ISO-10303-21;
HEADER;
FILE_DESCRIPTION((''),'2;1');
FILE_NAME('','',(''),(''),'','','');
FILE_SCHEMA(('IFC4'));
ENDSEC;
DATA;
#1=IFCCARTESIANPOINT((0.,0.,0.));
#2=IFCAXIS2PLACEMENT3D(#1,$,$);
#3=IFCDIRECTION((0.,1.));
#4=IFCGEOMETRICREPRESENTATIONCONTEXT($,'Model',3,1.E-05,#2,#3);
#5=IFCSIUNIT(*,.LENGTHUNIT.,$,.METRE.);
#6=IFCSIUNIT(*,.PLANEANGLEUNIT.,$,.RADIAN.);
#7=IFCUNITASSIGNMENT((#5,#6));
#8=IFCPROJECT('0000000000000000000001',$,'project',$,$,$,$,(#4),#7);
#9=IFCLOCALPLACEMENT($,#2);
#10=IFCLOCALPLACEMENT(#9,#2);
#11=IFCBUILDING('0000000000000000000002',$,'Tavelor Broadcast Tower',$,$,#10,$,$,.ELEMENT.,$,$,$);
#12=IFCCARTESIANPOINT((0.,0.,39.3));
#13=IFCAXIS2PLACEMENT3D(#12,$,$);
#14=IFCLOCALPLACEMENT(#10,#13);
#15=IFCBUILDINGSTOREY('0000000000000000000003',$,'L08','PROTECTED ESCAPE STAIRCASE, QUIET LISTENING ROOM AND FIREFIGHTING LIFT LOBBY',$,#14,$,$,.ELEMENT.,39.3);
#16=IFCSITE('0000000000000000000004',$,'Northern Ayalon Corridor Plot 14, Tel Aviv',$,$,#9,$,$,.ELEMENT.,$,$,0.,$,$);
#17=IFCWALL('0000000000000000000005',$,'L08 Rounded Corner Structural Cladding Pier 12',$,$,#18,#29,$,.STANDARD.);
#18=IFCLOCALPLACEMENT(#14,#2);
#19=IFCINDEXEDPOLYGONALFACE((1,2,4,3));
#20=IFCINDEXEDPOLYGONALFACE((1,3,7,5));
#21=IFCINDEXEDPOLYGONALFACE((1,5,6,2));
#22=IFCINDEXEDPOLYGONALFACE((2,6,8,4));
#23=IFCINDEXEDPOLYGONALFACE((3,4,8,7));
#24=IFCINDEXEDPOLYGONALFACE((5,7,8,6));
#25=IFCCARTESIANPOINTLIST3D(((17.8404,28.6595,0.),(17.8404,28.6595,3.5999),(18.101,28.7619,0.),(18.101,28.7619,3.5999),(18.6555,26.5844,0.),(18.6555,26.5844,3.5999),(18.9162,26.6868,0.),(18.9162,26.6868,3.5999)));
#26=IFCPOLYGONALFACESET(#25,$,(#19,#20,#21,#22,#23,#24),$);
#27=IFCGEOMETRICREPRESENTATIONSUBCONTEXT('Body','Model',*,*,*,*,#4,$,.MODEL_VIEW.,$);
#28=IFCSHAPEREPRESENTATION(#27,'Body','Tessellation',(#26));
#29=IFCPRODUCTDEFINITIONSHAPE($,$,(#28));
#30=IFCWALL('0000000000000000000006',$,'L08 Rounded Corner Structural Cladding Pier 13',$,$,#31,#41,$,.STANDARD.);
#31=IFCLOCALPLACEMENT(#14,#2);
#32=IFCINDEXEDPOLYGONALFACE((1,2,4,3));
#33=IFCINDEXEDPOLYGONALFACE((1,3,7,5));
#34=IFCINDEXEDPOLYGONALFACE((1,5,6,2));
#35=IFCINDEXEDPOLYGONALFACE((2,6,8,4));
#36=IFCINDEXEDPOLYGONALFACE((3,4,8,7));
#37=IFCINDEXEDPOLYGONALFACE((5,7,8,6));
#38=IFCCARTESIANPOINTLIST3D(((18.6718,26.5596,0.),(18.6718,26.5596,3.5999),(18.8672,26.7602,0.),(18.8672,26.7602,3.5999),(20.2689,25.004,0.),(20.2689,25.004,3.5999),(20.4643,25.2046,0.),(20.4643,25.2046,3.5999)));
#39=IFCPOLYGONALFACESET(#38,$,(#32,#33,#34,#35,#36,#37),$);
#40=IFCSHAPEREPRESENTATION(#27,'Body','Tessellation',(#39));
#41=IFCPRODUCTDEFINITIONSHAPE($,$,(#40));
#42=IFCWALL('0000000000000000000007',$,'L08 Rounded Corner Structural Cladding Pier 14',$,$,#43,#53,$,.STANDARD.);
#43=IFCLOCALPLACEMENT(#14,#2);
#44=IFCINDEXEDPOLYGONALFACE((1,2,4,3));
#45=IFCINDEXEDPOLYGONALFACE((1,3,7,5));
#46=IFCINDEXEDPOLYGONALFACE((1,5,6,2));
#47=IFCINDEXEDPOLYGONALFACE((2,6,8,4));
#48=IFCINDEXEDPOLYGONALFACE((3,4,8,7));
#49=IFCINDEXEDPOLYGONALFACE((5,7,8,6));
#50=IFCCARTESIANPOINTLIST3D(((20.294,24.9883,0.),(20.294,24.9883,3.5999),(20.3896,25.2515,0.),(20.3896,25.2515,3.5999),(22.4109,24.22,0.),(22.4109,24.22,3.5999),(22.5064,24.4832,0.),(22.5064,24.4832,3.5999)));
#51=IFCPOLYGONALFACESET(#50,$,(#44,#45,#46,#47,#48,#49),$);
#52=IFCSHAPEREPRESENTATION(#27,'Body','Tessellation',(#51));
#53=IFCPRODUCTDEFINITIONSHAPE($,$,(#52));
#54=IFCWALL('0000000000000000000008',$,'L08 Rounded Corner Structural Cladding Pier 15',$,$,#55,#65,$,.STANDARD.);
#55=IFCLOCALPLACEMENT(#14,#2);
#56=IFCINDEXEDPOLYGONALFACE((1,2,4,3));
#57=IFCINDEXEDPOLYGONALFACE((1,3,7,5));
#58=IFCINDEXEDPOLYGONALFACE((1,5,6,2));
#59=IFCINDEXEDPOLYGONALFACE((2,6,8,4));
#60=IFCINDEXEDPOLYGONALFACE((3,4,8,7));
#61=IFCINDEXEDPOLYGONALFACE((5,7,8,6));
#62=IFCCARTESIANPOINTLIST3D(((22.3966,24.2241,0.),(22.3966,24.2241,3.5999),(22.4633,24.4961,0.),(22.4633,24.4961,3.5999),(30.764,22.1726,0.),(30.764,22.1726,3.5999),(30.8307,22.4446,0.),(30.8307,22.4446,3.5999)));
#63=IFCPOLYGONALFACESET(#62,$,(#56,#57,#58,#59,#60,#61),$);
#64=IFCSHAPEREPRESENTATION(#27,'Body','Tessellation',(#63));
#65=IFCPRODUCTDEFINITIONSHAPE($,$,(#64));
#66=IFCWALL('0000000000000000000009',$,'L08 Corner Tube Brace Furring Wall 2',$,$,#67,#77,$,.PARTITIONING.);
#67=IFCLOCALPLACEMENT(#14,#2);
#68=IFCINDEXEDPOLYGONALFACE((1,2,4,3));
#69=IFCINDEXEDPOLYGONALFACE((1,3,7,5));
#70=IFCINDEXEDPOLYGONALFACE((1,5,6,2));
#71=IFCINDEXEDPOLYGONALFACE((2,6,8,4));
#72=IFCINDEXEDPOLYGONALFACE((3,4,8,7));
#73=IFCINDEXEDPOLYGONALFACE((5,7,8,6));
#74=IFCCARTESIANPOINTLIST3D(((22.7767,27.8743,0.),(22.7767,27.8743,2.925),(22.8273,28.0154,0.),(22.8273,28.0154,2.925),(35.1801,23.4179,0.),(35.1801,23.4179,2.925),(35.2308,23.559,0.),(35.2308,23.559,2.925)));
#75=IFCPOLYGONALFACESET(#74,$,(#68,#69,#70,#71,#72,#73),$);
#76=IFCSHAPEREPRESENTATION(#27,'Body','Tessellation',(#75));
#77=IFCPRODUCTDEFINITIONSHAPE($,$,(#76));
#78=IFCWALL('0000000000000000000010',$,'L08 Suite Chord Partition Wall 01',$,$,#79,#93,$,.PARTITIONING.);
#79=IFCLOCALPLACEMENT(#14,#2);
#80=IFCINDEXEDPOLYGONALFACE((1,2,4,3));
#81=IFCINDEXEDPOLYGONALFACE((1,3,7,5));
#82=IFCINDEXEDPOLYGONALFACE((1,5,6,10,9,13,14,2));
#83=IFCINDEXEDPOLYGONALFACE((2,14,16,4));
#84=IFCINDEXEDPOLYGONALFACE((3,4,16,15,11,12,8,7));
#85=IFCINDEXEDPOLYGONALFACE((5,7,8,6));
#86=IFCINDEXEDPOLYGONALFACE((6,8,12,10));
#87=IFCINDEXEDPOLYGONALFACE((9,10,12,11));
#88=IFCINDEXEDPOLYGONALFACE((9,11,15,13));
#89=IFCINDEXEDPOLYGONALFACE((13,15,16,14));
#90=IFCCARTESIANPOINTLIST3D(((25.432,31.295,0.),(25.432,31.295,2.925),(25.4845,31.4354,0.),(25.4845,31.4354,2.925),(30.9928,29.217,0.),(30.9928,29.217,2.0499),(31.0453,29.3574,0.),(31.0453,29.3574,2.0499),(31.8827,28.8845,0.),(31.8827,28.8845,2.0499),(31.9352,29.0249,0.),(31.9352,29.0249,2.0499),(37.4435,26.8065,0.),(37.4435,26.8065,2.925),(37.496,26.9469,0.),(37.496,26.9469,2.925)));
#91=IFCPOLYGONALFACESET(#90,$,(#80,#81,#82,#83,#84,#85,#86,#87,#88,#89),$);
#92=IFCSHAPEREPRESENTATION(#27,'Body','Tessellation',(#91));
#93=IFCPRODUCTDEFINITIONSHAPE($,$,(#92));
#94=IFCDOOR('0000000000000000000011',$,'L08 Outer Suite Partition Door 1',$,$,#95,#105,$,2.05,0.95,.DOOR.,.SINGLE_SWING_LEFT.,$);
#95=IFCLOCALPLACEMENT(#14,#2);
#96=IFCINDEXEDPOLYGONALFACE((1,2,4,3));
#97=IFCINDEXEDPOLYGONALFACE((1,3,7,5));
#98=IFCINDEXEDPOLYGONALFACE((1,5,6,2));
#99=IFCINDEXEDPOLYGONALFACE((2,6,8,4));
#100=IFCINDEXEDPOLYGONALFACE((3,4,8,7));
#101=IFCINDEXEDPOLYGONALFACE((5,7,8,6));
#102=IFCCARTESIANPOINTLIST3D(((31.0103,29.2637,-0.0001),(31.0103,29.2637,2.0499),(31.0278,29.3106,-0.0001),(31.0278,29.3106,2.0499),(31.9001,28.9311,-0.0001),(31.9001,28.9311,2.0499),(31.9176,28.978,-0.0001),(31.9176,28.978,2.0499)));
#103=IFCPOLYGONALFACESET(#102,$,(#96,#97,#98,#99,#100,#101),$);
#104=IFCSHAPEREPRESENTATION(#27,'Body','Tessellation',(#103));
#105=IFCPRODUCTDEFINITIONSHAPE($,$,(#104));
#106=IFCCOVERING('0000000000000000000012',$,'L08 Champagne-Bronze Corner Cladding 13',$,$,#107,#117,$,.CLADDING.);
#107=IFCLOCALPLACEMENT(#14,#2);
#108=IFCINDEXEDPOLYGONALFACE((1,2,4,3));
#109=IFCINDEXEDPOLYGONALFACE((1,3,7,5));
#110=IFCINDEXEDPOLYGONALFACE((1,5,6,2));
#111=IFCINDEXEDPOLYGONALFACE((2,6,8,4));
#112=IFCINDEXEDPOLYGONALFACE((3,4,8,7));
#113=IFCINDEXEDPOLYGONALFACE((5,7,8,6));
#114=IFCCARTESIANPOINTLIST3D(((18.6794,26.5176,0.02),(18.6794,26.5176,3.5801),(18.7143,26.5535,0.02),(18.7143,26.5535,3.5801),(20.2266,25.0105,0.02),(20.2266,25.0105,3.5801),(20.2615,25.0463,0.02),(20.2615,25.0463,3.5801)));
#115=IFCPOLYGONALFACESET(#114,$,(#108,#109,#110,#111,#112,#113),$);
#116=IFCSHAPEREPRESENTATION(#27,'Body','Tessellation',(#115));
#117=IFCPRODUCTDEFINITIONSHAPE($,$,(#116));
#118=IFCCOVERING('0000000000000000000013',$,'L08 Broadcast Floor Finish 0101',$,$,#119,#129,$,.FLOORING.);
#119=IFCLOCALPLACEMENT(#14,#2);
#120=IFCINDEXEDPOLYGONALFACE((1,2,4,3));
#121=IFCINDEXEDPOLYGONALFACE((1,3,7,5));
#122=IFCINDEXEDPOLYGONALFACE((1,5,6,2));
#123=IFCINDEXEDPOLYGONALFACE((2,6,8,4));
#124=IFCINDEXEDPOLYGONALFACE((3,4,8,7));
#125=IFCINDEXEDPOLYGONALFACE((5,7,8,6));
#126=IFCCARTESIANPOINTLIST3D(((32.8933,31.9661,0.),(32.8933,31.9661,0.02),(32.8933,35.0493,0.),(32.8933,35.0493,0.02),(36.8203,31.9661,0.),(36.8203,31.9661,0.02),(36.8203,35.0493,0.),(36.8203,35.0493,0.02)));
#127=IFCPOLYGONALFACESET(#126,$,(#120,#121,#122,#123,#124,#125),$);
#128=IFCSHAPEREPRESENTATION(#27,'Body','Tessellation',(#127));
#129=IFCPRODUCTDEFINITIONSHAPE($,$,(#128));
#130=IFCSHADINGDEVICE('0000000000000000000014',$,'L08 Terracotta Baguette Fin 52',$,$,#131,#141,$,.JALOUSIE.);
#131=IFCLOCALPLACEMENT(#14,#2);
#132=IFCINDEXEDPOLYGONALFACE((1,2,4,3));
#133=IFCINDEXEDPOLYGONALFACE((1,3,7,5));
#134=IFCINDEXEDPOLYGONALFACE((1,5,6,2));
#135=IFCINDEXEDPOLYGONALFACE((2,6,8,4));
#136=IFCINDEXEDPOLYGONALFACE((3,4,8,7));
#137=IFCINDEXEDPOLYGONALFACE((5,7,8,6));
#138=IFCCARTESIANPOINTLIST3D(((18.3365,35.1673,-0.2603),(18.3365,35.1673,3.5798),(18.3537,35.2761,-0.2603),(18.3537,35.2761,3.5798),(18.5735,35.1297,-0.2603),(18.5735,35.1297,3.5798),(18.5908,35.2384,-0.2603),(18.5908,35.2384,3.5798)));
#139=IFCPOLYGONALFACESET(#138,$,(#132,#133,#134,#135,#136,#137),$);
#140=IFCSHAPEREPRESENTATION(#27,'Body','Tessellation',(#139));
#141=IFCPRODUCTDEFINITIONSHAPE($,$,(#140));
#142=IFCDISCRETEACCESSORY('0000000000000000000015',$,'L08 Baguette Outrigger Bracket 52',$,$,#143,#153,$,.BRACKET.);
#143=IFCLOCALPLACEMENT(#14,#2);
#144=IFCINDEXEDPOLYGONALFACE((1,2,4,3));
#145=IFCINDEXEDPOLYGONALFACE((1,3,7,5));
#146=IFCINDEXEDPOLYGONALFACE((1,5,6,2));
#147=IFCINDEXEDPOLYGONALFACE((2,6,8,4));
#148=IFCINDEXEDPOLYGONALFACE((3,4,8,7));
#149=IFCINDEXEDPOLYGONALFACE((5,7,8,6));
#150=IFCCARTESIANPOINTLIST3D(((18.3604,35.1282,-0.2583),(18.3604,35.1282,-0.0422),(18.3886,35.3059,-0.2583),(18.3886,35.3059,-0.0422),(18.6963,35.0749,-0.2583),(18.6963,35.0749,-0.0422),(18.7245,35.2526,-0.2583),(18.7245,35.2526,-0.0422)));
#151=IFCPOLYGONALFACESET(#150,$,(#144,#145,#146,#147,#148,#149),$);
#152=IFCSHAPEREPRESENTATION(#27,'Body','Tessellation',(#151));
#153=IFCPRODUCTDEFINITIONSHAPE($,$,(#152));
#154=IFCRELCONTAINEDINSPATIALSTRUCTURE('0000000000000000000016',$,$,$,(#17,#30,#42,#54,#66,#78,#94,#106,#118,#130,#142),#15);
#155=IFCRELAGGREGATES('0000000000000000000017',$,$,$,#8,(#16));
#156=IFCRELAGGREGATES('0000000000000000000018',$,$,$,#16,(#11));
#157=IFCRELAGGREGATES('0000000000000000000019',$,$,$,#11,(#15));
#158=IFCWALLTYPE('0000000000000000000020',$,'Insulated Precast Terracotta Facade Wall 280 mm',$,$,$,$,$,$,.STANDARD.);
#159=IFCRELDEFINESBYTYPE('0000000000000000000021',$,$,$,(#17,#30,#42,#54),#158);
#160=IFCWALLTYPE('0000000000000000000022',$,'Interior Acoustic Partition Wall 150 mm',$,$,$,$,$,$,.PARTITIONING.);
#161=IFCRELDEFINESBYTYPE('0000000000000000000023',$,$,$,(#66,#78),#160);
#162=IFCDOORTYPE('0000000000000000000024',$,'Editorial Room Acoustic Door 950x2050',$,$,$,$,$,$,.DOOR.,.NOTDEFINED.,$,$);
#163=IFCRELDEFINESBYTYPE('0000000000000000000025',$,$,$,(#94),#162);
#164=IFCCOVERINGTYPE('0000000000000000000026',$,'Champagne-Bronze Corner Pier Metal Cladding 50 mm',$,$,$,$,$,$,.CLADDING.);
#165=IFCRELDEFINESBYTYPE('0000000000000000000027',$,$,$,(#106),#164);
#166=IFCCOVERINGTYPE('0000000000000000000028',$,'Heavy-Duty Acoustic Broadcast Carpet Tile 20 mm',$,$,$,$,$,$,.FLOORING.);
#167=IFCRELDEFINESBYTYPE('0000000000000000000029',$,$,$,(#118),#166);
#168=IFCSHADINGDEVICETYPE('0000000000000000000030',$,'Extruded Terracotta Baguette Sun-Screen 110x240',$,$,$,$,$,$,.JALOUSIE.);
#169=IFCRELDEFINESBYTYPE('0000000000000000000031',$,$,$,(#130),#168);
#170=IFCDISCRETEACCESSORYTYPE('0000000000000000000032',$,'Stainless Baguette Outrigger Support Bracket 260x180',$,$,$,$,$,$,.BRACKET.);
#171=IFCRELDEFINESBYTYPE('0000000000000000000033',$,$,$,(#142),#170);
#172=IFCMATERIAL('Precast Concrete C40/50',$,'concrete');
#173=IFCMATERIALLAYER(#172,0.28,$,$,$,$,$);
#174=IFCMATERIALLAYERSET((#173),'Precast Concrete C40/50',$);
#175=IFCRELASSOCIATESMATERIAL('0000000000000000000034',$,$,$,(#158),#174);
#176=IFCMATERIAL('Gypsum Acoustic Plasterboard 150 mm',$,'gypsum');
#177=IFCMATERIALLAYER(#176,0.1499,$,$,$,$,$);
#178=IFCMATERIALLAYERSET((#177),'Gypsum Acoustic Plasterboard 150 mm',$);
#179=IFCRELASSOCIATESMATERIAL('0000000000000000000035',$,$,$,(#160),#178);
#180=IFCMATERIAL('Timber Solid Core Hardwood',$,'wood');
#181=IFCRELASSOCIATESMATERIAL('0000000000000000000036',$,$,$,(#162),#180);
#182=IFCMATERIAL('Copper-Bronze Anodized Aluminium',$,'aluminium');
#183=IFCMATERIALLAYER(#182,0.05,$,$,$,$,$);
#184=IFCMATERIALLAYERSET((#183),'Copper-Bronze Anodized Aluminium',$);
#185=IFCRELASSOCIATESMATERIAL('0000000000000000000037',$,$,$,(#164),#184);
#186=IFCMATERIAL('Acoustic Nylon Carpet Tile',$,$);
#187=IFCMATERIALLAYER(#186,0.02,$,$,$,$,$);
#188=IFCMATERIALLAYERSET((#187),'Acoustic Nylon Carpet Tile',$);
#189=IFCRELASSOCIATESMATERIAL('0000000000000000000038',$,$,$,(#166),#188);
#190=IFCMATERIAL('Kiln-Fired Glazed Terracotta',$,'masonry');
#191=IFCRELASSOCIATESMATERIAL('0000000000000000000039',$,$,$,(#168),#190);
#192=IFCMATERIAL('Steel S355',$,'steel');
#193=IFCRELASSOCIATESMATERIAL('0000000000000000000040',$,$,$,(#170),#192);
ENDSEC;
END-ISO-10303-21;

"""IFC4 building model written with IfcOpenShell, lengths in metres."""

from ifc_helpers import new_model, si_unit, direction, frame, frame_2d, origin, origin_2d, place, context, subcontext, project, spatial, polyline, rectangle, outline, extrude, source, transform, mapped, material, layer, layer_set, type_object, type_shapes, element, fill, save


model = new_model("IFC4")

# Units and contexts
model_context = context("Model", 3, precision=1e-05, world=origin(), true_north=direction((0.0, 1.0)))
body_context = subcontext(model_context, "Body", "Model", "MODEL_VIEW")
ifc_project = project(units=[si_unit("LENGTHUNIT", "METRE"), si_unit("PLANEANGLEUNIT", "RADIAN")], contexts=[model_context])

# Site, building, storey
site_placement = place(None, origin())
site = spatial("IfcSite", under=ifc_project, at=site_placement, Name="Northern Ayalon Corridor Plot 14, Tel Aviv", CompositionType="ELEMENT", RefElevation=0.0)
building_placement = place(site_placement, origin())
building = spatial("IfcBuilding", under=site, at=building_placement, Name="Tavelor Broadcast Tower", CompositionType="ELEMENT")
storey_placement = place(building_placement, frame((0.0, 0.0, 39.3)))
storey = spatial("IfcBuildingStorey", under=building, at=storey_placement, Name="L08", Description="PROTECTED ESCAPE STAIRCASE, QUIET LISTENING ROOM AND FIREFIGHTING LIFT LOBBY", CompositionType="ELEMENT", Elevation=39.3)

# Shared definitions
ifc_material_1 = material(Name="Steel S355", Category="steel")

# Walls
ifc_material_2 = material(Name="Precast Concrete C40/50", Category="concrete")
ifc_layer_1 = layer(ifc_material_2, 0.28)
ifc_layer_set_1 = layer_set([ifc_layer_1], Name="Precast Concrete C40/50")
wall_type_1 = type_object("IfcWallType", Name="Insulated Precast Terracotta Facade Wall 280 mm", PredefinedType="STANDARD", material=ifc_layer_set_1)
for number, where, z_axis, x_axis, name in (
    (1, (17.9707, 28.7107, 0.0), (0.0, 0.0, 1.0), (0.365625, -0.930762, 0.0), "L08 Rounded Corner Structural Cladding Pier 12"),
    (2, (18.7695, 26.6599, 0.0), (0.0, 0.0, 1.0), (0.716353, -0.697738, 0.0), "L08 Rounded Corner Structural Cladding Pier 13"),
):
    element("IfcWall", number, at=place(storey_placement, frame(where, z_axis=z_axis, x_axis=x_axis)), inside=storey, type_object=wall_type_1, Name=name, PredefinedType="STANDARD", context=body_context, shape_type="SweptSolid", body=[
        extrude(rectangle(XDim=2.2295, YDim=0.28, at=frame_2d((1.1147, 0.0))), origin(), (0.0, 0.0, 1.0), 3.5999),
    ])
wall_1_placement = place(storey_placement, frame((20.3418, 25.1199, 0.0), z_axis=(0.0, 0.0, 1.0), x_axis=(0.940005, -0.34116, 0.0)))
element("IfcWall", 3, at=wall_1_placement, inside=storey, type_object=wall_type_1, Name="L08 Rounded Corner Structural Cladding Pier 14", PredefinedType="STANDARD", context=body_context, shape_type="SweptSolid", body=[
    extrude(rectangle(XDim=2.252, YDim=0.28, at=frame_2d((1.126, 0.0))), origin(), (0.0, 0.0, 1.0), 3.5999),
])
wall_2_placement = place(storey_placement, frame((22.4299, 24.3601, 0.0), z_axis=(0.0, 0.0, 1.0), x_axis=(0.971234, -0.238126, 0.0)))
element("IfcWall", 4, at=wall_2_placement, inside=storey, type_object=wall_type_1, Name="L08 Rounded Corner Structural Cladding Pier 15", PredefinedType="STANDARD", context=body_context, shape_type="SweptSolid", body=[
    extrude(rectangle(XDim=8.6152, YDim=0.28, at=frame_2d((4.3076, 0.0))), origin(), (0.0, 0.0, 1.0), 3.5999),
])
ifc_material_3 = material(Name="Gypsum Acoustic Plasterboard 150 mm", Category="gypsum")
ifc_layer_2 = layer(ifc_material_3, 0.1499)
ifc_layer_set_2 = layer_set([ifc_layer_2], Name="Gypsum Acoustic Plasterboard 150 mm")
wall_type_2 = type_object("IfcWallType", Name="Interior Acoustic Partition Wall 150 mm", PredefinedType="PARTITIONING", material=ifc_layer_set_2)
wall_3_placement = place(storey_placement, frame((22.802, 27.9448, 0.0), z_axis=(0.0, 0.0, 1.0), x_axis=(0.941102, -0.338122, 0.0)))
element("IfcWall", 5, at=wall_3_placement, inside=storey, type_object=wall_type_2, Name="L08 Corner Tube Brace Furring Wall 2", PredefinedType="PARTITIONING", context=body_context, shape_type="SweptSolid", body=[
    extrude(rectangle(XDim=13.1797, YDim=0.1499, at=frame_2d((6.5898, 0.0))), origin(), (0.0, 0.0, 1.0), 2.925),
])

# Wall, opening, door
wall_4_placement = place(storey_placement, frame((25.4583, 31.3652, 0.0), z_axis=(0.0, 0.0, 1.0), x_axis=(0.936733, -0.350044, 0.0)))
wall_4 = element("IfcWall", 6, at=wall_4_placement, inside=storey, type_object=wall_type_2, Name="L08 Suite Chord Partition Wall 01", PredefinedType="PARTITIONING", context=body_context, shape_type="SweptSolid", body=[
    extrude(rectangle(XDim=12.8228, YDim=0.1499, at=frame_2d((6.4114, 0.0))), origin(), (0.0, 0.0, 1.0), 2.925),
])
opening_placement = place(wall_4_placement, frame((5.9363, 0.0, 0.0)))
opening = element("IfcOpeningElement", 7, at=opening_placement, cuts=wall_4, PredefinedType="OPENING", context=body_context, shape_type="SweptSolid", body=[
    extrude(rectangle(XDim=0.95, YDim=2.05, at=frame_2d((0.4751, 1.0249))), frame((0.0, 0.085, 0.0), z_axis=(0.0, -1.0, 0.0), x_axis=(1.0, 0.0, 0.0)), (0.0, 0.0, 1.0), 0.1699),
])
ifc_material_4 = material(Name="Timber Solid Core Hardwood", Category="wood")
door_type = type_object("IfcDoorType", Name="Editorial Room Acoustic Door 950x2050", OperationType="NOTDEFINED", PredefinedType="DOOR", material=ifc_material_4)
door_placement = place(opening_placement, origin())
door = element("IfcDoor", 8, at=door_placement, inside=storey, type_object=door_type, Name="L08 Outer Suite Partition Door 1", OperationType="SINGLE_SWING_LEFT", OverallHeight=2.05, OverallWidth=0.95, PredefinedType="DOOR", context=body_context, shape_type="SweptSolid", body=[
    extrude(rectangle(XDim=0.95, YDim=2.05, at=frame_2d((0.4751, 1.0249))), frame((0.0, 0.0249, 0.0), z_axis=(0.0, -1.0, 0.0), x_axis=(1.0, 0.0, 0.0)), (0.0, 0.0, 1.0), 0.05),
])
fill(opening, door)

# Coverings
ifc_material_5 = material(Name="Copper-Bronze Anodized Aluminium", Category="aluminium")
ifc_layer_3 = layer(ifc_material_5, 0.05)
ifc_layer_set_3 = layer_set([ifc_layer_3], Name="Copper-Bronze Anodized Aluminium")
covering_type_1 = type_object("IfcCoveringType", Name="Champagne-Bronze Corner Pier Metal Cladding 50 mm", PredefinedType="CLADDING", material=ifc_layer_set_3)
covering_1_placement = place(storey_placement, frame((19.4705, 25.782, 0.02), z_axis=(0.0, 0.0, 1.0), x_axis=(0.716302, -0.69779, 0.0)))
element("IfcCovering", 9, at=covering_1_placement, inside=storey, type_object=covering_type_1, Name="L08 Champagne-Bronze Corner Cladding 13", PredefinedType="CLADDING", context=body_context, shape_type="SweptSolid", body=[
    extrude(rectangle(XDim=2.1599, YDim=0.05, at=origin_2d()), origin(), (0.0, 0.0, 1.0), 3.5601),
])
ifc_material_6 = material(Name="Acoustic Nylon Carpet Tile")
ifc_layer_4 = layer(ifc_material_6, 0.02)
ifc_layer_set_4 = layer_set([ifc_layer_4], Name="Acoustic Nylon Carpet Tile")
covering_type_2 = type_object("IfcCoveringType", Name="Heavy-Duty Acoustic Broadcast Carpet Tile 20 mm", PredefinedType="FLOORING", material=ifc_layer_set_4)
covering_2_placement = place(storey_placement, origin())
element("IfcCovering", 10, at=covering_2_placement, inside=storey, type_object=covering_type_2, Name="L08 Broadcast Floor Finish 0101", PredefinedType="FLOORING", context=body_context, shape_type="SweptSolid", body=[
    extrude(outline(polyline([(32.8933, 31.9661), (36.8203, 31.9661), (36.8203, 35.0493), (32.8933, 35.0493), (32.8933, 31.9661)])), origin(), (0.0, 0.0, 1.0), 0.02),
])

# Shading device
ifc_material_7 = material(Name="Kiln-Fired Glazed Terracotta", Category="masonry")
shading_device_type = type_object("IfcShadingDeviceType", Name="Extruded Terracotta Baguette Sun-Screen 110x240", PredefinedType="JALOUSIE", material=ifc_material_7)
shared_shape_1 = source(origin(), body_context, "Body", "SweptSolid", [
    extrude(rectangle(XDim=0.1101, YDim=0.24, at=origin_2d()), origin(), (0.0, 0.0, 1.0), 3.8401),
])
type_shapes(shading_device_type, [shared_shape_1])
shading_device_placement = place(storey_placement, frame((18.4636, 35.2029, -0.2603), z_axis=(0.0, 0.0, 1.0), x_axis=(-0.156779, -0.987634, 0.0)))
element("IfcShadingDevice", 11, at=shading_device_placement, inside=storey, type_object=shading_device_type, Name="L08 Terracotta Baguette Fin 52", PredefinedType="JALOUSIE", context=body_context, shape_type="MappedRepresentation", body=[
    mapped(shared_shape_1, transform((0.0, 0.0, 0.0), scale=1.0)),
])

# Discrete accessory
discrete_accessory_type = type_object("IfcDiscreteAccessoryType", Name="Stainless Baguette Outrigger Support Bracket 260x180", PredefinedType="BRACKET", material=ifc_material_1)
shared_shape_2 = source(origin(), body_context, "Body", "SweptSolid", [
    extrude(rectangle(XDim=0.1799, YDim=0.3401, at=origin_2d()), origin(), (0.0, 0.0, 1.0), 0.2161),
])
type_shapes(discrete_accessory_type, [shared_shape_2])
discrete_accessory_placement = place(storey_placement, frame((18.5425, 35.1904, -0.2583), z_axis=(0.0, 0.0, 1.0), x_axis=(-0.156779, -0.987634, 0.0)))
element("IfcDiscreteAccessory", 12, at=discrete_accessory_placement, inside=storey, type_object=discrete_accessory_type, Name="L08 Baguette Outrigger Bracket 52", PredefinedType="BRACKET", context=body_context, shape_type="MappedRepresentation", body=[
    mapped(shared_shape_2, transform((0.0, 0.0, 0.0), scale=1.0)),
])

save(model, "model.ifc")
